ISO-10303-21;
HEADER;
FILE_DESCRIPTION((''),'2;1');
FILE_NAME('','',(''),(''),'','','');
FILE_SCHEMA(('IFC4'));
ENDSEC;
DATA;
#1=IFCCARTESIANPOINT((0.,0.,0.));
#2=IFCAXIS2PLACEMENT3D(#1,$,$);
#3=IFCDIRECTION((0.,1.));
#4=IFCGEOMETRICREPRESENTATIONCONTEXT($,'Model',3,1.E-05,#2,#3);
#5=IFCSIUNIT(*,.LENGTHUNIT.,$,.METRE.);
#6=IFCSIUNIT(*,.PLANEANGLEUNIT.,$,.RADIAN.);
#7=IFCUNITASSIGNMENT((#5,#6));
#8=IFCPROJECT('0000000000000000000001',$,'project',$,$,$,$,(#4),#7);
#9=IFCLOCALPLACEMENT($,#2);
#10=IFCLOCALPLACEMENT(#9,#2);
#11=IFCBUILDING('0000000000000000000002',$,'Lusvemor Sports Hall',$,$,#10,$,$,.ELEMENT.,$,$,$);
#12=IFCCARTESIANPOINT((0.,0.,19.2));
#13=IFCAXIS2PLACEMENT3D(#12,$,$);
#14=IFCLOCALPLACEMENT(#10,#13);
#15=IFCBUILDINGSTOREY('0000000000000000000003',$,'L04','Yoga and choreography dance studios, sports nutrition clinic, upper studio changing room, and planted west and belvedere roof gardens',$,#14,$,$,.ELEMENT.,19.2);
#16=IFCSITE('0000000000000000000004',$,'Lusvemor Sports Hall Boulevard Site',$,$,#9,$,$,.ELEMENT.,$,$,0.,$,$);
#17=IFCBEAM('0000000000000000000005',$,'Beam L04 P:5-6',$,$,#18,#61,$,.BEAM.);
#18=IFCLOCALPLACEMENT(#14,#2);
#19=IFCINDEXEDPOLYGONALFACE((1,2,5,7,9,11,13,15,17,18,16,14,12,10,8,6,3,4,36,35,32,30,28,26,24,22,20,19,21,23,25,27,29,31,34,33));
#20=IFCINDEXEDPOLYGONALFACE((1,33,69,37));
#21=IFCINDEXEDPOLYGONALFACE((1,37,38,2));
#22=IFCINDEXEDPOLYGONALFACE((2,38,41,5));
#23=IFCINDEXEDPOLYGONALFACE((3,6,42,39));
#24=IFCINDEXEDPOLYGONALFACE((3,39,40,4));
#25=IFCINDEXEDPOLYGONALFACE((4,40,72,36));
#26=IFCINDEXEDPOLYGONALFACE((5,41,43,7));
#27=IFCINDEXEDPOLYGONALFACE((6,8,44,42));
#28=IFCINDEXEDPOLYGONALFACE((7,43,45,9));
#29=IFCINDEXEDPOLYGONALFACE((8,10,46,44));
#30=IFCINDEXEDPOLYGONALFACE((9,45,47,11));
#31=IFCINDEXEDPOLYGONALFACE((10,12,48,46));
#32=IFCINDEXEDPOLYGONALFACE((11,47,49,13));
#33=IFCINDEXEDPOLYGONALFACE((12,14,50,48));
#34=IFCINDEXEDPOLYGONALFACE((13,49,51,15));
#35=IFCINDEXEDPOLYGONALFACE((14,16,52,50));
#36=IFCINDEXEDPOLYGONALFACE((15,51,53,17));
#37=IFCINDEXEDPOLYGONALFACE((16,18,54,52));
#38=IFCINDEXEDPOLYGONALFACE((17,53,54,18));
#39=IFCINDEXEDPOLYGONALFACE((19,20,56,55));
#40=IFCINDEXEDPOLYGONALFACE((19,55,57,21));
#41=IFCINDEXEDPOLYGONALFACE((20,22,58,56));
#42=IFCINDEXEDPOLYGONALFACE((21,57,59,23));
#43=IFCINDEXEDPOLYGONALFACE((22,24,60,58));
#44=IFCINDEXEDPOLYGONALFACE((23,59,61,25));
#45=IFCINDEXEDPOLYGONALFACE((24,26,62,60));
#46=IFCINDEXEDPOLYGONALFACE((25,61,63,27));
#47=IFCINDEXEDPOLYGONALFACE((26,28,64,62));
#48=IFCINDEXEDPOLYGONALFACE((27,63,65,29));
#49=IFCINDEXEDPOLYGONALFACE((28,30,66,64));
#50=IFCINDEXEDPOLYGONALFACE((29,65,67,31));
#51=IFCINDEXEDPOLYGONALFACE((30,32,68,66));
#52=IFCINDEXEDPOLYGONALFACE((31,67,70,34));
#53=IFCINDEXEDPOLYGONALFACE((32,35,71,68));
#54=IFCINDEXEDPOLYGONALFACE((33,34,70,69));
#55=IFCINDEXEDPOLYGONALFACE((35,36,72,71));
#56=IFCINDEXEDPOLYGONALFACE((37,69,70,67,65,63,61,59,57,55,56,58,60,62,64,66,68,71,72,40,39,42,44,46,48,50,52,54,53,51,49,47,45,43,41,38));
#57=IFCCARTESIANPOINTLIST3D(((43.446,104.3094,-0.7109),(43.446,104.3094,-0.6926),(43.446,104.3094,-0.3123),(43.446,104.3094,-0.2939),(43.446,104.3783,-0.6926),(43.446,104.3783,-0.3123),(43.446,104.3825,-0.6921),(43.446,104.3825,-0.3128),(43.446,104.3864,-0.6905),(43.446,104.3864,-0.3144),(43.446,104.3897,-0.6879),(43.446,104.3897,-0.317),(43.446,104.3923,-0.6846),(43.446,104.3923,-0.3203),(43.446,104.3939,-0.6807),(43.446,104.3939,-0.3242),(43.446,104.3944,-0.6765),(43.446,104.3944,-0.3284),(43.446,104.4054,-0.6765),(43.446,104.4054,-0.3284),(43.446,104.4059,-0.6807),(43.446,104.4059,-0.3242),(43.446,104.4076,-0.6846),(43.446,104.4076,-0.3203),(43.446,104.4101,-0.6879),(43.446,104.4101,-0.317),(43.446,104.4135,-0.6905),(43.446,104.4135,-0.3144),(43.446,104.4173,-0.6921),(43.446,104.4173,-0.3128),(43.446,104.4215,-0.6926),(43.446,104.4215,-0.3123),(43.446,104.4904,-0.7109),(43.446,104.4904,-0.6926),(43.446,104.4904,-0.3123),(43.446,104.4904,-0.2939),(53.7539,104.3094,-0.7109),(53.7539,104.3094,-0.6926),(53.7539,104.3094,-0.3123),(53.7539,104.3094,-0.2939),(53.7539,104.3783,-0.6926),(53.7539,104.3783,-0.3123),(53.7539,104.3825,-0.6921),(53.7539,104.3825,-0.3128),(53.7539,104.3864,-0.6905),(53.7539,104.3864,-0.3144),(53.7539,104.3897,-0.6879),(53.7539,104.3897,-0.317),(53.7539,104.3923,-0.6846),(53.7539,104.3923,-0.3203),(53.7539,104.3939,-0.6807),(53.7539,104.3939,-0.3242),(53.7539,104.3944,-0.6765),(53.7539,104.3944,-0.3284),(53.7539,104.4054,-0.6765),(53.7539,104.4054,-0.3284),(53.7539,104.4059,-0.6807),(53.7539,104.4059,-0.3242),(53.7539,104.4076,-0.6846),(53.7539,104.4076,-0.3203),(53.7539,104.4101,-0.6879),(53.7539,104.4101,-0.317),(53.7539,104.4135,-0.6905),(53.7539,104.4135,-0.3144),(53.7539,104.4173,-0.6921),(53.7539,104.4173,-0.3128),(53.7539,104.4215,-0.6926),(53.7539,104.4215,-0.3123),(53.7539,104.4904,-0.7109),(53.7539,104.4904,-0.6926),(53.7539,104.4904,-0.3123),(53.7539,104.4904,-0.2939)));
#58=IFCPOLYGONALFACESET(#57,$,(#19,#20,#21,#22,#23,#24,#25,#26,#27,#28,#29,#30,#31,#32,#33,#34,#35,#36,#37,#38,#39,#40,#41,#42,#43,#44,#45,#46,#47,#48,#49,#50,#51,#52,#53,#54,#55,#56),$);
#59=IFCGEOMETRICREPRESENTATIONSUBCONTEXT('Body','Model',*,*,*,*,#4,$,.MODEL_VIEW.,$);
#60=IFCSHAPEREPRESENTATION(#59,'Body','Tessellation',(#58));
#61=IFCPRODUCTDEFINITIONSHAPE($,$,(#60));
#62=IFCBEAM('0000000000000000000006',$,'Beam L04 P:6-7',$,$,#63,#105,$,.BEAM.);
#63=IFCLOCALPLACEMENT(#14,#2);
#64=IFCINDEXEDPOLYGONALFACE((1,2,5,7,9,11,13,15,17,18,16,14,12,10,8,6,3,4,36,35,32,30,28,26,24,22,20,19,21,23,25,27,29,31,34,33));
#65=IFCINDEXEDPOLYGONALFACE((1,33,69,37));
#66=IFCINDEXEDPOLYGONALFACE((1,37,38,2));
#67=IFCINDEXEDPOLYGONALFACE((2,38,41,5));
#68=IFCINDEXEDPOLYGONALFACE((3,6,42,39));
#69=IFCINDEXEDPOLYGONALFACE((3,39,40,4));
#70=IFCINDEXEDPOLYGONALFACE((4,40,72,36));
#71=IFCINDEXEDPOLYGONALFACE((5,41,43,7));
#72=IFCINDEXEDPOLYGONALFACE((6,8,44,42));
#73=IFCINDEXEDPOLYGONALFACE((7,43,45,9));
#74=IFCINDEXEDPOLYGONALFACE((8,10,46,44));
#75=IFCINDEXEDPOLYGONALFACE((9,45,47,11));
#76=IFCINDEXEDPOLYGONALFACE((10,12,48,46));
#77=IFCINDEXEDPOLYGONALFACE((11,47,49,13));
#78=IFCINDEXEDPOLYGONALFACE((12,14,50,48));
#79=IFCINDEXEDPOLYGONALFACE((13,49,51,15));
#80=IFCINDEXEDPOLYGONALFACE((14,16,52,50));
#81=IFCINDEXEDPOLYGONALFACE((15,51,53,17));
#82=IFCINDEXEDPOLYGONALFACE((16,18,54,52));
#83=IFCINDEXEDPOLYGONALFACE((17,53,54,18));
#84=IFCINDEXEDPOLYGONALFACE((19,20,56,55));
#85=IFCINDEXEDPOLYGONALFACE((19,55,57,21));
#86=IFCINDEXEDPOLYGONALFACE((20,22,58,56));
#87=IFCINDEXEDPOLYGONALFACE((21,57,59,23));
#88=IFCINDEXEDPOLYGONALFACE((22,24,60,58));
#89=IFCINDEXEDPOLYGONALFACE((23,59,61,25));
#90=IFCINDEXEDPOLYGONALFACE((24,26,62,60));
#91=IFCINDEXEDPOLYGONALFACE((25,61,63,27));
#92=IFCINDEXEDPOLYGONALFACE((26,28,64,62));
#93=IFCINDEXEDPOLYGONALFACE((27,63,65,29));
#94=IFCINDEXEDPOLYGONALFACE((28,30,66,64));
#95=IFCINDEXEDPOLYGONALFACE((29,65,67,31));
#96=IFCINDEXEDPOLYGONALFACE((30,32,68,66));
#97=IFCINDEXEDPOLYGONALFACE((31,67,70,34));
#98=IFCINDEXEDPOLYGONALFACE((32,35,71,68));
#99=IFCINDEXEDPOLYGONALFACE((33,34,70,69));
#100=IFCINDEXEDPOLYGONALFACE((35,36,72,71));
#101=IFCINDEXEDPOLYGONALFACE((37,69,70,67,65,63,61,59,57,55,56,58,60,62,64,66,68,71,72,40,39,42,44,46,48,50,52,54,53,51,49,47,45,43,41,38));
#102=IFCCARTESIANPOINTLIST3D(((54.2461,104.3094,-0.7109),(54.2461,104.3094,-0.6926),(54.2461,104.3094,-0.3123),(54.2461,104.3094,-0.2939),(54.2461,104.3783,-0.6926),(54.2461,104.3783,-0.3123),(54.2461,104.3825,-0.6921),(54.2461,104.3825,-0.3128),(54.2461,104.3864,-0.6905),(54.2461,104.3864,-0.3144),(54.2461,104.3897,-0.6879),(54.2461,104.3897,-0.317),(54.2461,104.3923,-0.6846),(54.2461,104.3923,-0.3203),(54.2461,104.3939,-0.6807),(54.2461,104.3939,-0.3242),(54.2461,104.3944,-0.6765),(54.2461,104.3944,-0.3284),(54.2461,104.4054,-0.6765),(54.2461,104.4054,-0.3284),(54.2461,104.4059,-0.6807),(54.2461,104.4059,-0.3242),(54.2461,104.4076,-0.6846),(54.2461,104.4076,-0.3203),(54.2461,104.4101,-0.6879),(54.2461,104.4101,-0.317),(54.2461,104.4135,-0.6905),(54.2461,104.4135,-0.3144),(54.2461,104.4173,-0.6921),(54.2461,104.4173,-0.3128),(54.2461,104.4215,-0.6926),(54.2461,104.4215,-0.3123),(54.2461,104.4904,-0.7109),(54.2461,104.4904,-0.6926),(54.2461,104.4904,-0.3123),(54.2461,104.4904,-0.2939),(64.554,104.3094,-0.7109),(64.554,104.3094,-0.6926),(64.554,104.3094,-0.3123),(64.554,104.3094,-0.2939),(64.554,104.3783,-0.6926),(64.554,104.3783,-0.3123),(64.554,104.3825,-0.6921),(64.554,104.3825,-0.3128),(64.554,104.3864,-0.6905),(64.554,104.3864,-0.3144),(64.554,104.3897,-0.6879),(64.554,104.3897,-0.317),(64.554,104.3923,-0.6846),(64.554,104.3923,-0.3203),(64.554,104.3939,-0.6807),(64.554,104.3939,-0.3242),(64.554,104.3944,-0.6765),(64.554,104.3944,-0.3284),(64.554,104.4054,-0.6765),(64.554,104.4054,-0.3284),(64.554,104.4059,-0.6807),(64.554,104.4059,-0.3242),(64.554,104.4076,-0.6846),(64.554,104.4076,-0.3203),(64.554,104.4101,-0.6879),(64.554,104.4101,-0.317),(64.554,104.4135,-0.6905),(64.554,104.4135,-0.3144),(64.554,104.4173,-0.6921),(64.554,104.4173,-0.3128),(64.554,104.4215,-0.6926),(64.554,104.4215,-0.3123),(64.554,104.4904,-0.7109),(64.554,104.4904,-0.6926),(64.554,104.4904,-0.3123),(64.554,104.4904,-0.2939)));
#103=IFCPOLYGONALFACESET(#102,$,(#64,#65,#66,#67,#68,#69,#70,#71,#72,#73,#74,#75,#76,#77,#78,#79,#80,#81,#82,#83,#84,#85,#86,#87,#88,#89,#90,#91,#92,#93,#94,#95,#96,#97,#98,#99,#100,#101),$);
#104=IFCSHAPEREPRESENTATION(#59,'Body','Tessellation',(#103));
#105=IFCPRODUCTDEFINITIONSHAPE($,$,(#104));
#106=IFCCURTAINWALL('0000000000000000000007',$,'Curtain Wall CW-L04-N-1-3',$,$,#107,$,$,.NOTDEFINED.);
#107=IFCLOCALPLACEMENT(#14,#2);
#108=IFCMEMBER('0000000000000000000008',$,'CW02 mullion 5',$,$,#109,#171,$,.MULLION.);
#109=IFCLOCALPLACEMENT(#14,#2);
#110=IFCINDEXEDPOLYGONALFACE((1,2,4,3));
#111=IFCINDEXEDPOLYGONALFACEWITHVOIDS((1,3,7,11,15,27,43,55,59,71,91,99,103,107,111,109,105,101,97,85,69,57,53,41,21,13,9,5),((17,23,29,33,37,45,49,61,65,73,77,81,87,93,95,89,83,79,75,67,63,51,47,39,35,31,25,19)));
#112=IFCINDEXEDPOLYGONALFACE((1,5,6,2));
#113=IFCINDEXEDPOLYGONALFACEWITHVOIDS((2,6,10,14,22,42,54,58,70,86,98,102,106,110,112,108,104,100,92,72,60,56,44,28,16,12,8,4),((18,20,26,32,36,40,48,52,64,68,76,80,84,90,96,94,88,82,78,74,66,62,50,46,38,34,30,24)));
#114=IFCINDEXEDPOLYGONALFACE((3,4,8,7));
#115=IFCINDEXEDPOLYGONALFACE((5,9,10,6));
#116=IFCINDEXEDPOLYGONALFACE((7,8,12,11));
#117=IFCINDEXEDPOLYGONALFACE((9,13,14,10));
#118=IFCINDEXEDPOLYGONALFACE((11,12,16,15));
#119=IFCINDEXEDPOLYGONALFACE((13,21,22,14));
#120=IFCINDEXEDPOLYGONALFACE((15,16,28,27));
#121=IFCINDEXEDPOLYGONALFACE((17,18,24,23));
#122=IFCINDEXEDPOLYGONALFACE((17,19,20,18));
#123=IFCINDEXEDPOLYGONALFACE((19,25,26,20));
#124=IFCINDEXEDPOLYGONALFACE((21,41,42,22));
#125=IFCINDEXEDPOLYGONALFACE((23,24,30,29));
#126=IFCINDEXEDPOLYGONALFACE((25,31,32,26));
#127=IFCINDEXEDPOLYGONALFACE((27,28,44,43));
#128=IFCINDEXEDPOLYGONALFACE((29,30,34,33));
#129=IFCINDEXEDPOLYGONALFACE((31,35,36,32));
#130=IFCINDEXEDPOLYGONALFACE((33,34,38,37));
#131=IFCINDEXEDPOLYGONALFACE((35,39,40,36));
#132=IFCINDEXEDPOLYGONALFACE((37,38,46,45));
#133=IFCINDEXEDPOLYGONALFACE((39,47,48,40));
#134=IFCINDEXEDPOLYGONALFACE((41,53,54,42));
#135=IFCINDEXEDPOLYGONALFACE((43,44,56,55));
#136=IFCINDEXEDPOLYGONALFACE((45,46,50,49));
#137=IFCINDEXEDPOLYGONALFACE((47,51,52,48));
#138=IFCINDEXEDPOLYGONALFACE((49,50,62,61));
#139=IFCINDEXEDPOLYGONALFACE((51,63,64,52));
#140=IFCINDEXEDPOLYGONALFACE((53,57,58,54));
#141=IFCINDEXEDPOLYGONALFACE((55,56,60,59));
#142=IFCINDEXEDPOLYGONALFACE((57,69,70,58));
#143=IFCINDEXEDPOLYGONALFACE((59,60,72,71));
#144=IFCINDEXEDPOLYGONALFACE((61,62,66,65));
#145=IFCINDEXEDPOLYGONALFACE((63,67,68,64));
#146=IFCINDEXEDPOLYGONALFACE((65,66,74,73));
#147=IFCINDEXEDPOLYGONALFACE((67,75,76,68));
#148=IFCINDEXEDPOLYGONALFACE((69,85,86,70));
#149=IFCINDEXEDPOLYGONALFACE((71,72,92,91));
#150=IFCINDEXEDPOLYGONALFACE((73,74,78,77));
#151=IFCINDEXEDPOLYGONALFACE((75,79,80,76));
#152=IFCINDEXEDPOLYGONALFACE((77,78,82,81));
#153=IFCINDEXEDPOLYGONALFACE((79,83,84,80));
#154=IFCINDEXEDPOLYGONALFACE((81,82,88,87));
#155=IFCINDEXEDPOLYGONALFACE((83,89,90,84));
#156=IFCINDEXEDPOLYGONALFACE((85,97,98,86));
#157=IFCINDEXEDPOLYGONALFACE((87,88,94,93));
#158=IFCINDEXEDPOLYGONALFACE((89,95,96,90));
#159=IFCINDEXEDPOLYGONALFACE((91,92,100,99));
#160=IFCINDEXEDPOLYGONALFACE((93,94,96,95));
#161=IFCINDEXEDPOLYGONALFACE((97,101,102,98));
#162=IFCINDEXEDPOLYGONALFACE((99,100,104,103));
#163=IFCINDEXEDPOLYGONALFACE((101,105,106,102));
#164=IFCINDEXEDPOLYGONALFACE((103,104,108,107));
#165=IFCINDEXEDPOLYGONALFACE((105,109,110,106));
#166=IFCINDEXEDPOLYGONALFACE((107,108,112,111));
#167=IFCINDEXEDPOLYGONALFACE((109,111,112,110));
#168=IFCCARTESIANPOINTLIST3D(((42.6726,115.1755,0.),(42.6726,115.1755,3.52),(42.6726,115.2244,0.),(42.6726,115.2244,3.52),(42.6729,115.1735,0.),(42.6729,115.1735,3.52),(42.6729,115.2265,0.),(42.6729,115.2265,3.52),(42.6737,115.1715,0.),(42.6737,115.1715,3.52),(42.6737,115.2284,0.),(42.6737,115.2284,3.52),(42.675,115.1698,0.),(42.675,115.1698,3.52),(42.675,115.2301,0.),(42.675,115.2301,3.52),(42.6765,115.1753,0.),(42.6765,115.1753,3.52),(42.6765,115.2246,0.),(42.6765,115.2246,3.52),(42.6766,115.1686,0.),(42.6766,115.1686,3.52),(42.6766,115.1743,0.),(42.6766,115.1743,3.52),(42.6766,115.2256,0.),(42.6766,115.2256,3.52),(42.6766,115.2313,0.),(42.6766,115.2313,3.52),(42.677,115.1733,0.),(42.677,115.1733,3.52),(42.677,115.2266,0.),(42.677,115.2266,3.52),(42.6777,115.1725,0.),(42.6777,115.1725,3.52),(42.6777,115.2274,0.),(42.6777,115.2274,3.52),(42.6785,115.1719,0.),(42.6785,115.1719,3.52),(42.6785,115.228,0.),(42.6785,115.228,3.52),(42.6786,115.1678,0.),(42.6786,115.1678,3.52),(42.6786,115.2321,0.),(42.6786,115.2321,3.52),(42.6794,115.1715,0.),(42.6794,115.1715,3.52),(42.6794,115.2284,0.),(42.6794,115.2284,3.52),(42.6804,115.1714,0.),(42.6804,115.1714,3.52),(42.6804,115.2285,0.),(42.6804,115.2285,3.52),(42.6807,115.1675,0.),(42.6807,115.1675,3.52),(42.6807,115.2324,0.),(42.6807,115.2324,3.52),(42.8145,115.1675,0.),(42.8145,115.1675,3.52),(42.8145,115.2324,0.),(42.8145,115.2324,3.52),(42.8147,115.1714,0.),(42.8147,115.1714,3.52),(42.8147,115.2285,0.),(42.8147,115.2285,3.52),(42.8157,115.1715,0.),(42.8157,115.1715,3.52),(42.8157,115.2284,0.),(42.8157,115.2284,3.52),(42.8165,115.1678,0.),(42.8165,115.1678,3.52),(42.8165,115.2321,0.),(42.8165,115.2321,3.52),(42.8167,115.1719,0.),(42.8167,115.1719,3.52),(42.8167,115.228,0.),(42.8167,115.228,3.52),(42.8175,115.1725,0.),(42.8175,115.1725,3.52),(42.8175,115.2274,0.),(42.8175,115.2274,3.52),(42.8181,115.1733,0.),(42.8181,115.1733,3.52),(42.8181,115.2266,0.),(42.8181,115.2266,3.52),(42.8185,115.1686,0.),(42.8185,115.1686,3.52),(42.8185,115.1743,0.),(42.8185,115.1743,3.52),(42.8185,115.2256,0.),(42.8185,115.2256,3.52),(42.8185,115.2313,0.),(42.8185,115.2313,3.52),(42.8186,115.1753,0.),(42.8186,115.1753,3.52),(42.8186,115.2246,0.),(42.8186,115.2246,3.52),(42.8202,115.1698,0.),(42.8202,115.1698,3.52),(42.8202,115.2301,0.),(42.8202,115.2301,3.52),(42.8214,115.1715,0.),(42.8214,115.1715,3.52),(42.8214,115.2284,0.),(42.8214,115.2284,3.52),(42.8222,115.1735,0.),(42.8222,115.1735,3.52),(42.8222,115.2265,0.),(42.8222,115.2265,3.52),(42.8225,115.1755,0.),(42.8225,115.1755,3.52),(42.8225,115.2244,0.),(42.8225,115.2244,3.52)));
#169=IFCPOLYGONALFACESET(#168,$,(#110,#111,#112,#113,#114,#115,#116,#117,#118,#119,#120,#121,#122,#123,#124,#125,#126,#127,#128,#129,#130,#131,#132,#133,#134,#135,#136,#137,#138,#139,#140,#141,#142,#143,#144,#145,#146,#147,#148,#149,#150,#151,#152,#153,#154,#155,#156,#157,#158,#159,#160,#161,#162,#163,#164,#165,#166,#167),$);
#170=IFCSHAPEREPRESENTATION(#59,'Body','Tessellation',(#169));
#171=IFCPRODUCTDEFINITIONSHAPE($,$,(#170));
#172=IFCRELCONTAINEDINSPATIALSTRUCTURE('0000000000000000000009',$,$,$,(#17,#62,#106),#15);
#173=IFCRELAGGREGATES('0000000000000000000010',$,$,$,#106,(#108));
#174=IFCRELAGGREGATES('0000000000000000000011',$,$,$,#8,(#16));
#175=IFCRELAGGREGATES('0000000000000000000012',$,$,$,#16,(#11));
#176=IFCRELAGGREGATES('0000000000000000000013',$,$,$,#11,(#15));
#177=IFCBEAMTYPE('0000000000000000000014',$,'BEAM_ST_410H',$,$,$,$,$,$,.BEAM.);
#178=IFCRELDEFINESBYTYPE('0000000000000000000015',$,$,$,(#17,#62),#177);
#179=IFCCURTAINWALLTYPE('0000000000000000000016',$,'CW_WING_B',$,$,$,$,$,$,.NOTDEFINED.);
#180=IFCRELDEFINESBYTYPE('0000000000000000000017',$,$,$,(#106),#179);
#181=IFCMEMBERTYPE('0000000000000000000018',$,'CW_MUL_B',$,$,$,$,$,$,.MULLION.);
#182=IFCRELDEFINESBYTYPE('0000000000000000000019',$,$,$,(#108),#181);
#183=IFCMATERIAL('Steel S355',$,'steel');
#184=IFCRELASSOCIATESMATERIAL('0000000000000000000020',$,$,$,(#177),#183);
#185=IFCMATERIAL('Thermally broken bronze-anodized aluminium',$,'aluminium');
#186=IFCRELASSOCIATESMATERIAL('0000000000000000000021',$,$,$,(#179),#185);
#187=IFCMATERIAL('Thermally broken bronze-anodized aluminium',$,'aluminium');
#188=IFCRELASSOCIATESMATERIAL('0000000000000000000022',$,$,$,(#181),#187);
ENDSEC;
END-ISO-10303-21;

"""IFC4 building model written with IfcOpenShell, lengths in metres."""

from ifc_helpers import new_model, si_unit, direction, frame, origin, origin_2d, place, context, subcontext, project, spatial, hollow_rectangle, i_section, extrude, material, material_profile, profile_set, type_object, element, aggregate, save


model = new_model("IFC4")

# Units and contexts
model_context = context("Model", 3, precision=1e-05, world=origin(), true_north=direction((0.0, 1.0)))
body_context = subcontext(model_context, "Body", "Model", "MODEL_VIEW")
ifc_project = project(units=[si_unit("LENGTHUNIT", "METRE"), si_unit("PLANEANGLEUNIT", "RADIAN")], contexts=[model_context])

# Site, building, storey
site_placement = place(None, origin())
site = spatial("IfcSite", under=ifc_project, at=site_placement, Name="Lusvemor Sports Hall Boulevard Site", CompositionType="ELEMENT", RefElevation=0.0)
building_placement = place(site_placement, origin())
building = spatial("IfcBuilding", under=site, at=building_placement, Name="Lusvemor Sports Hall", CompositionType="ELEMENT")
storey_placement = place(building_placement, frame((0.0, 0.0, 19.2)))
storey = spatial("IfcBuildingStorey", under=building, at=storey_placement, Name="L04", Description="Yoga and choreography dance studios, sports nutrition clinic, upper studio changing room, and planted west and belvedere roof gardens", CompositionType="ELEMENT", Elevation=19.2)

# Beams
ifc_material_1 = material(Name="Steel S355", Category="steel")
ifc_material_profile_1 = material_profile(ifc_material_1, i_section(OverallWidth=0.1809, OverallDepth=0.417, WebThickness=0.011, FlangeThickness=0.0183, FilletRadius=0.0161, at=origin_2d()), Name="W410x85.0")
ifc_profile_set_1 = profile_set([ifc_material_profile_1], Name="Steel S355")
beam_type_1 = type_object("IfcBeamType", Name="BEAM_ST_410H", PredefinedType="BEAM", material=ifc_profile_set_1)
for number, where, z_axis, x_axis, name in (
    (1, (43.446, 104.3999, -0.5024), (1.0, 0.0, 0.0), (0.0, 1.0, 0.0), "Beam L04 P:5-6"),
    (2, (54.2461, 104.3999, -0.5024), (1.0, 0.0, 0.0), (0.0, 1.0, 0.0), "Beam L04 P:6-7"),
):
    element("IfcBeam", number, at=place(storey_placement, frame(where, z_axis=z_axis, x_axis=x_axis)), inside=storey, type_object=beam_type_1, Name=name, PredefinedType="BEAM", context=body_context, shape_type="SweptSolid", body=[
        extrude(i_section(OverallWidth=0.1809, OverallDepth=0.417, WebThickness=0.011, FlangeThickness=0.0183, FilletRadius=0.0161, at=origin_2d()), origin(), (0.0, 0.0, 1.0), 10.3079),
    ])

# Curtain wall, member
ifc_material_2 = material(Name="Thermally broken bronze-anodized aluminium", Category="aluminium")
curtain_wall_type = type_object("IfcCurtainWallType", Name="CW_WING_B", PredefinedType="NOTDEFINED", material=ifc_material_2)
curtain_wall_placement = place(storey_placement, origin())
curtain_wall = element("IfcCurtainWall", 3, at=curtain_wall_placement, inside=storey, type_object=curtain_wall_type, Name="Curtain Wall CW-L04-N-1-3", PredefinedType="NOTDEFINED")
ifc_material_3 = material(Name="Thermally broken bronze-anodized aluminium", Category="aluminium")
ifc_material_profile_2 = material_profile(ifc_material_3, hollow_rectangle(XDim=0.0649, YDim=0.1499, WallThickness=0.0039, InnerFilletRadius=0.0039, OuterFilletRadius=0.0081, at=origin_2d()), Name="CWMUL150x65x4")
ifc_profile_set_2 = profile_set([ifc_material_profile_2], Name="Thermally broken bronze-anodized aluminium")
member_type = type_object("IfcMemberType", Name="CW_MUL_B", PredefinedType="MULLION", material=ifc_profile_set_2)
member_placement = place(storey_placement, frame((42.7476, 115.2, 0.0), z_axis=(0.0, 0.0, 1.0), x_axis=(0.0, 1.0, 0.0)))
member = element("IfcMember", 4, at=member_placement, type_object=member_type, Name="CW02 mullion 5", PredefinedType="MULLION", context=body_context, shape_type="SweptSolid", body=[
    extrude(hollow_rectangle(XDim=0.0649, YDim=0.1499, WallThickness=0.0039, InnerFilletRadius=0.0039, OuterFilletRadius=0.0081, at=origin_2d()), origin(), (0.0, 0.0, 1.0), 3.52),
])
aggregate(curtain_wall, [member])

save(model, "model.ifc")
